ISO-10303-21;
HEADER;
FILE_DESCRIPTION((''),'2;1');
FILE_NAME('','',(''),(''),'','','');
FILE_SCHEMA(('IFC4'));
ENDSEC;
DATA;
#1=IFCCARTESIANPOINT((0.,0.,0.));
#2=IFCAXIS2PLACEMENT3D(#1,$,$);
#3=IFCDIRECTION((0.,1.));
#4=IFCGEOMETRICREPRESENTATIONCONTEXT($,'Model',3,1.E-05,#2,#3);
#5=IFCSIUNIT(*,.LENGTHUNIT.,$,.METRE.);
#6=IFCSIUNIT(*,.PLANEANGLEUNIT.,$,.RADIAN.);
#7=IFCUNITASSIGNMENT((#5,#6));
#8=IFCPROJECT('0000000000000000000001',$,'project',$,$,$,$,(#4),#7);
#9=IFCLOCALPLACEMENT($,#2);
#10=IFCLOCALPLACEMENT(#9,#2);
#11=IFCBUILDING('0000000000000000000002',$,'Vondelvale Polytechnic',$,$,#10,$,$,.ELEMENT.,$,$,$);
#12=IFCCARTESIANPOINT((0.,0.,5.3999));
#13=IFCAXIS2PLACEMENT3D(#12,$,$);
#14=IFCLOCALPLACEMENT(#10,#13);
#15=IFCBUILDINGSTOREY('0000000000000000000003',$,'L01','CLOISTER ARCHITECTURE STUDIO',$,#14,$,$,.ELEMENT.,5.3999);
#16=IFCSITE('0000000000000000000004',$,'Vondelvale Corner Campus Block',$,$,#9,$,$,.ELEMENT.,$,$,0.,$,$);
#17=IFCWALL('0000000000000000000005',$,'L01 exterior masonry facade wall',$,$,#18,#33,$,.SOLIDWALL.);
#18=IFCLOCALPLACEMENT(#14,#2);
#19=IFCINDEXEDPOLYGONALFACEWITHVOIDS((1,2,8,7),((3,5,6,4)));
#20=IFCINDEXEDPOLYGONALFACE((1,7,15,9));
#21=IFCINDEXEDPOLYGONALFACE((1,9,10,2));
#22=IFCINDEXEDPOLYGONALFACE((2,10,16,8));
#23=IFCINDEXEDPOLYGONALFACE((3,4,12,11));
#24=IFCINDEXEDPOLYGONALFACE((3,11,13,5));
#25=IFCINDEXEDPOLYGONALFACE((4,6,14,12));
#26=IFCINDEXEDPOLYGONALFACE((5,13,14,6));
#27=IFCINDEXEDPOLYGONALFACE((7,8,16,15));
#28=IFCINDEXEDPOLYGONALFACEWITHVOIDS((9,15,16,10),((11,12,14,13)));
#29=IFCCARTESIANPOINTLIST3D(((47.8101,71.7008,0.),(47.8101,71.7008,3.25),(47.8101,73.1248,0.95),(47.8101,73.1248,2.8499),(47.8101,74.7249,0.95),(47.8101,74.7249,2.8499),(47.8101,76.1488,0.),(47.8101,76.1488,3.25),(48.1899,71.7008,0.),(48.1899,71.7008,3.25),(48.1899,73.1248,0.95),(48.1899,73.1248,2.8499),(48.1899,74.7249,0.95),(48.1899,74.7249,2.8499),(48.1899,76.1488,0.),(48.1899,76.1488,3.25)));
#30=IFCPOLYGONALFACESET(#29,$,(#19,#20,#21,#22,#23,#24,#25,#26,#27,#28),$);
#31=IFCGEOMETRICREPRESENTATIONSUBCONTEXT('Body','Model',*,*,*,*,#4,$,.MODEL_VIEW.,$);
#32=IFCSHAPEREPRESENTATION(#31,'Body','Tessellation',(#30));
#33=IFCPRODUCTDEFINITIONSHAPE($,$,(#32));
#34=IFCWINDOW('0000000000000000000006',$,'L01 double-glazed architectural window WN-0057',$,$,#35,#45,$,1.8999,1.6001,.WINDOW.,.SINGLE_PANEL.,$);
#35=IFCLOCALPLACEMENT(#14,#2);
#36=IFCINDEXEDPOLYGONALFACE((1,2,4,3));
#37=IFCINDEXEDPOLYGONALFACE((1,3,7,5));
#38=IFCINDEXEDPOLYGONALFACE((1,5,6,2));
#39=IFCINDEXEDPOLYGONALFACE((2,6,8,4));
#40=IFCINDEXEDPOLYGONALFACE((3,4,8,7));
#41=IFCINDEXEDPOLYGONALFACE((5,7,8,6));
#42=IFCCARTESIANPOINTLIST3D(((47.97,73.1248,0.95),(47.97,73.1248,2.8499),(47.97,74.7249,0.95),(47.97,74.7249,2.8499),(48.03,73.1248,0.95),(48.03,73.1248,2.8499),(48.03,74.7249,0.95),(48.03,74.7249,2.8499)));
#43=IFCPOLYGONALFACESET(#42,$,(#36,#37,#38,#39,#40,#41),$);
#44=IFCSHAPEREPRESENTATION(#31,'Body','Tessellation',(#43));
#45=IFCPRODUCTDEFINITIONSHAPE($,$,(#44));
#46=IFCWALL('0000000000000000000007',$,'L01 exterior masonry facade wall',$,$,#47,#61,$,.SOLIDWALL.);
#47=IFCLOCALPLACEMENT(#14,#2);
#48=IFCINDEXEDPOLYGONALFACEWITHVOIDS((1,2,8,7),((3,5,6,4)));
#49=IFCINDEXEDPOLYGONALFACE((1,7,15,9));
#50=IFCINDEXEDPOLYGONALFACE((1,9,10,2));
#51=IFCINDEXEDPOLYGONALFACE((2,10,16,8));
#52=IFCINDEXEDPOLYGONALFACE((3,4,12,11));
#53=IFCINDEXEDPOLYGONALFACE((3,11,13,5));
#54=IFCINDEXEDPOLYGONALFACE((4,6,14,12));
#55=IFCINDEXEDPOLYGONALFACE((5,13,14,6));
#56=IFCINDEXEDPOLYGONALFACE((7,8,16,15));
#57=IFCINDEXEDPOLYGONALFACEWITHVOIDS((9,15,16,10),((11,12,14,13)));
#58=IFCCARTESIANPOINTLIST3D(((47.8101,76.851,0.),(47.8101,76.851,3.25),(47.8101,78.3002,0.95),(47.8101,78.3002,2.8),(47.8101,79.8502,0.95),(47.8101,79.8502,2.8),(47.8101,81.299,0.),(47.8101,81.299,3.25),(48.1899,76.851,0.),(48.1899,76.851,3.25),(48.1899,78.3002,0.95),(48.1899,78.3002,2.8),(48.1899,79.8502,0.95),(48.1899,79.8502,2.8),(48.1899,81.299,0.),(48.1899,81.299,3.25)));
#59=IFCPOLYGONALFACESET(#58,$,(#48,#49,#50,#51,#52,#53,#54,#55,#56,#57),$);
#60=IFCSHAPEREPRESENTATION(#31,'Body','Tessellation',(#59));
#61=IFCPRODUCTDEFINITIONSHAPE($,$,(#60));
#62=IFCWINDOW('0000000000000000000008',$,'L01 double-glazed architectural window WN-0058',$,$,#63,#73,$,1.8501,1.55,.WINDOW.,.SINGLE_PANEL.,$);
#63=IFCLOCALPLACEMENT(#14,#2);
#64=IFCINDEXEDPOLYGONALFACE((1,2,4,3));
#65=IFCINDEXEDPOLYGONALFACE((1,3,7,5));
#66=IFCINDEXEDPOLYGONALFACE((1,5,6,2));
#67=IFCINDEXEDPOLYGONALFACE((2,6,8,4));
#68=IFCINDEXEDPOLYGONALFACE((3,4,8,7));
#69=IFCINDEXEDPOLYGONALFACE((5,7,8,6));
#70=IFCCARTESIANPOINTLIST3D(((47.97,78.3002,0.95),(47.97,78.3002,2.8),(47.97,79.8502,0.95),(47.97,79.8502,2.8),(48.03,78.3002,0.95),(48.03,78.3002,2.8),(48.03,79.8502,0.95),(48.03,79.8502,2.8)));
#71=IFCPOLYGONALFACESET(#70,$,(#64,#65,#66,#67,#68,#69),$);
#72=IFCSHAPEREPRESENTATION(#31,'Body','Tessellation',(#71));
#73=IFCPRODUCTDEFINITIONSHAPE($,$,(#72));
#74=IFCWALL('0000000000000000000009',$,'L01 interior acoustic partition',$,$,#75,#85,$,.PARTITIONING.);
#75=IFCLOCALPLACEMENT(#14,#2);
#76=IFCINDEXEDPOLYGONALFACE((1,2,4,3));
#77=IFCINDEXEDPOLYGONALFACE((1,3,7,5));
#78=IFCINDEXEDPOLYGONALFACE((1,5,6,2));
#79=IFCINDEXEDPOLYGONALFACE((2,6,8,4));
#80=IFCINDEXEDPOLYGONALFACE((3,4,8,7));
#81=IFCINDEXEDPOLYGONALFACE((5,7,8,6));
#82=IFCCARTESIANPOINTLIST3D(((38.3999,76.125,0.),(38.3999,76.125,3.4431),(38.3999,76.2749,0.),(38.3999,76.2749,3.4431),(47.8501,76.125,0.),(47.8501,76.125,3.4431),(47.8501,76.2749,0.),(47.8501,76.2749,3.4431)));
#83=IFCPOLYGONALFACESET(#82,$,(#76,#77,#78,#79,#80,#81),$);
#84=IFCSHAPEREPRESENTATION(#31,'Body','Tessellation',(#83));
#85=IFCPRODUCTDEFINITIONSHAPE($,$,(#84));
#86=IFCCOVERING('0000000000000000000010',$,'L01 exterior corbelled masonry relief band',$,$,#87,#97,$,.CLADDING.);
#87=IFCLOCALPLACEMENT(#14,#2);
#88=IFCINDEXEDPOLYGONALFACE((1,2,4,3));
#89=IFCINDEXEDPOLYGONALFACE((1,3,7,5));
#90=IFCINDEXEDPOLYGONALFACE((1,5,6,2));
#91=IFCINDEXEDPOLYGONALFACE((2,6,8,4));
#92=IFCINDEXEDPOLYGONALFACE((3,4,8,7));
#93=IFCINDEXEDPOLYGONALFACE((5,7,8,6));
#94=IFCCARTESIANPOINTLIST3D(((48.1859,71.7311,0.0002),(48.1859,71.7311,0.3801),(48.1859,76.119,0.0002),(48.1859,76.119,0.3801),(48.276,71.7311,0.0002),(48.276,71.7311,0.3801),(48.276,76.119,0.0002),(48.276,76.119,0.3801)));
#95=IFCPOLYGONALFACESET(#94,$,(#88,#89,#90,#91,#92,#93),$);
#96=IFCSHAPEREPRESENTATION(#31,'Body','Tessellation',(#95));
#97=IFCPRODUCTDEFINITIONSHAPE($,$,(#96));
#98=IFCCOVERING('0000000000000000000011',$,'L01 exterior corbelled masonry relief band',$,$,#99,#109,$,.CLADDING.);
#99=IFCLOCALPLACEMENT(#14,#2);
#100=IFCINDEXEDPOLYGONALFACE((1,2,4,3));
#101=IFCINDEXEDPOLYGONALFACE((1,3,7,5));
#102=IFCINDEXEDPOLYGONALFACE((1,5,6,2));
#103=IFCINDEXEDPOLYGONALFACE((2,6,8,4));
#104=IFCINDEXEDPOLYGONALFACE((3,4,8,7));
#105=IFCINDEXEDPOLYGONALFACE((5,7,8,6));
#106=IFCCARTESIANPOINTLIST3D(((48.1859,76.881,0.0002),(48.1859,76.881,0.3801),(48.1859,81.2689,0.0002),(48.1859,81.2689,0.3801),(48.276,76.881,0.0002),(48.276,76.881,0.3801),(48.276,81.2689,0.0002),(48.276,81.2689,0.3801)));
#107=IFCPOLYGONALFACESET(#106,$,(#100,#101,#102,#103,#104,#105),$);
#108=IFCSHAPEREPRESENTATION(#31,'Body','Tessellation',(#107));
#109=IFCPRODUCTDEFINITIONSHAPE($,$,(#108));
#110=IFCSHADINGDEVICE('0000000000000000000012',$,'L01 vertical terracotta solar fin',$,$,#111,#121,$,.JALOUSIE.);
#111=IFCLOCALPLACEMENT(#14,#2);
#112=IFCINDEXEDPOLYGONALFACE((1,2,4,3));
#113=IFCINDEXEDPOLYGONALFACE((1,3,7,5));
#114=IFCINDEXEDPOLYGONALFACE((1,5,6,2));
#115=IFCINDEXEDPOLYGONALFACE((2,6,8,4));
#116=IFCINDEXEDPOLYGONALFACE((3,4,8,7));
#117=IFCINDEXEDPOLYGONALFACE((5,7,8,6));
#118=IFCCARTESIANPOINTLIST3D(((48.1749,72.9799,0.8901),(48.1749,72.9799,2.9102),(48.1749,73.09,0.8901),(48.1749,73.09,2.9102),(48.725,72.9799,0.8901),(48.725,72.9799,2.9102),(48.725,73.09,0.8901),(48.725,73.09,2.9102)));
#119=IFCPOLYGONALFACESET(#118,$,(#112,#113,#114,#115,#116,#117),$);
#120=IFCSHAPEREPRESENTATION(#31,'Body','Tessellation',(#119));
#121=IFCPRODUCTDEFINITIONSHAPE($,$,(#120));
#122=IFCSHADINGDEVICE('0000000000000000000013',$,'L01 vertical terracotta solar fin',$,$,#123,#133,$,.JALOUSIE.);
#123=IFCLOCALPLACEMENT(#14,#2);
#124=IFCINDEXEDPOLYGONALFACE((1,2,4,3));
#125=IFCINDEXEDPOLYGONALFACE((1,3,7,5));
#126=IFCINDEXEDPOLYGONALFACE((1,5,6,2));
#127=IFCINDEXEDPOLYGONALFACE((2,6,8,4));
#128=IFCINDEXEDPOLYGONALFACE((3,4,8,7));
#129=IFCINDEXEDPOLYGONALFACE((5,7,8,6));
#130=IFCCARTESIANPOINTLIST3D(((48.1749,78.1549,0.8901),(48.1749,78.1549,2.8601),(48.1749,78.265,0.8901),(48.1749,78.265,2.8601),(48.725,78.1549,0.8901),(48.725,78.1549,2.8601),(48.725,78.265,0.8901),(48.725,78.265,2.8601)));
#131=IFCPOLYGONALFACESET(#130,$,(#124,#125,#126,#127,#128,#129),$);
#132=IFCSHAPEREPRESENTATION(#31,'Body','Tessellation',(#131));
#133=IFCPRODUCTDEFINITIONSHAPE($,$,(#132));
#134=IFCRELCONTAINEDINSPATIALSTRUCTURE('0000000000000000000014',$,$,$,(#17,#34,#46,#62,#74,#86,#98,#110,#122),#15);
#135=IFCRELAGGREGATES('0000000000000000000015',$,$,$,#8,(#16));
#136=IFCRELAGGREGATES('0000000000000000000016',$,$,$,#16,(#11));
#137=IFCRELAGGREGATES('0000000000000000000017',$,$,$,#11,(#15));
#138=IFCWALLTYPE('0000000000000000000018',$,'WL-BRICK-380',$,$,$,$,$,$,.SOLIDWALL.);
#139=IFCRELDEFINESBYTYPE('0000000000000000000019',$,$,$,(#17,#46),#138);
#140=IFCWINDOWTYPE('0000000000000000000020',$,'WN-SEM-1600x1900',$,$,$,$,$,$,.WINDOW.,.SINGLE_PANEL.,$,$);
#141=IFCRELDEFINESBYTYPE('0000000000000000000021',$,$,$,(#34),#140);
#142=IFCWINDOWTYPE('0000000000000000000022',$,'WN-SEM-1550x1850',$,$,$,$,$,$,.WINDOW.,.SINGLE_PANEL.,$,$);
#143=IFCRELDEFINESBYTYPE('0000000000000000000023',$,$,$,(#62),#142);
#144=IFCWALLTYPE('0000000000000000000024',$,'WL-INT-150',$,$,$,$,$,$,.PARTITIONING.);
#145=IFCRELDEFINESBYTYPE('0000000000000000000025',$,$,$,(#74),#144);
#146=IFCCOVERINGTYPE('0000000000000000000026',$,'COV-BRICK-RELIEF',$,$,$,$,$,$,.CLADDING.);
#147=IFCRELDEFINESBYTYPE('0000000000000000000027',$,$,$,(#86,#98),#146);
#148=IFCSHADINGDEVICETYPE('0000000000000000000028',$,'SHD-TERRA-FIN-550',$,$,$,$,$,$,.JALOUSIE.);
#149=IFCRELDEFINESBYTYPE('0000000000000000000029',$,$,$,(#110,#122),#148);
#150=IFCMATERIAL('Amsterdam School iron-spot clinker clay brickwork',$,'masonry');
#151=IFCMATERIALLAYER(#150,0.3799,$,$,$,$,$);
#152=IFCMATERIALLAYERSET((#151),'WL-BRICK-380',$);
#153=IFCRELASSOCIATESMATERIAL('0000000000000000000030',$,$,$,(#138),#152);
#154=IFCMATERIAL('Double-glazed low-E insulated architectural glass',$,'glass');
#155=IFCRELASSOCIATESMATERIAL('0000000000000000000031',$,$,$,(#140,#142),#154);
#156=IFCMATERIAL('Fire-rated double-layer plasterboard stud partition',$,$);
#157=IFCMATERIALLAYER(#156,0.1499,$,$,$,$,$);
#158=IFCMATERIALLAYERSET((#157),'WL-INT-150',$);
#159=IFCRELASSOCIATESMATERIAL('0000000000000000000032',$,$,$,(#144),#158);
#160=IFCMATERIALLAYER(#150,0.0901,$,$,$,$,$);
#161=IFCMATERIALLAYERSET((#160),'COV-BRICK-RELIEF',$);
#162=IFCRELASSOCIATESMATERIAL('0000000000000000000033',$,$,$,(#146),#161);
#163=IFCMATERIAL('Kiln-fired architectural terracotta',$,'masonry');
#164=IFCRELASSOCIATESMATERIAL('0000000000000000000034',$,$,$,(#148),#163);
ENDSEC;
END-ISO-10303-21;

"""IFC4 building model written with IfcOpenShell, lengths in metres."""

from ifc_helpers import new_model, si_unit, direction, frame, frame_2d, origin, origin_2d, place, context, subcontext, project, spatial, rectangle, extrude, material, layer, layer_set, type_object, element, fill, save


model = new_model("IFC4")

# Units and contexts
model_context = context("Model", 3, precision=1e-05, world=origin(), true_north=direction((0.0, 1.0)))
body_context = subcontext(model_context, "Body", "Model", "MODEL_VIEW")
ifc_project = project(units=[si_unit("LENGTHUNIT", "METRE"), si_unit("PLANEANGLEUNIT", "RADIAN")], contexts=[model_context])

# Site, building, storey
site_placement = place(None, origin())
site = spatial("IfcSite", under=ifc_project, at=site_placement, Name="Vondelvale Corner Campus Block", CompositionType="ELEMENT", RefElevation=0.0)
building_placement = place(site_placement, origin())
building = spatial("IfcBuilding", under=site, at=building_placement, Name="Vondelvale Polytechnic", CompositionType="ELEMENT")
storey_placement = place(building_placement, frame((0.0, 0.0, 5.3999)))
storey = spatial("IfcBuildingStorey", under=building, at=storey_placement, Name="L01", Description="CLOISTER ARCHITECTURE STUDIO", CompositionType="ELEMENT", Elevation=5.3999)

# Shared definitions
ifc_material_1 = material(Name="Double-glazed low-E insulated architectural glass", Category="glass")
ifc_material_2 = material(Name="Kiln-fired architectural terracotta", Category="masonry")

# Walls, openings, windows
ifc_material_3 = material(Name="Amsterdam School iron-spot clinker clay brickwork", Category="masonry")
ifc_layer_1 = layer(ifc_material_3, 0.3799)
ifc_layer_set_1 = layer_set([ifc_layer_1], Name="WL-BRICK-380")
wall_type_1 = type_object("IfcWallType", Name="WL-BRICK-380", PredefinedType="SOLIDWALL", material=ifc_layer_set_1)
wall_1_placement = place(storey_placement, frame((48.0, 76.1489, 0.0), z_axis=(0.0, 0.0, 1.0), x_axis=(0.0, -1.0, 0.0)))
wall_1 = element("IfcWall", 1, at=wall_1_placement, inside=storey, type_object=wall_type_1, Name="L01 exterior masonry facade wall", PredefinedType="SOLIDWALL", context=body_context, shape_type="SweptSolid", body=[
    extrude(rectangle(XDim=4.448, YDim=0.3799, at=frame_2d((2.2241, 0.0))), origin(), (0.0, 0.0, 1.0), 3.25),
])
opening_1_placement = place(wall_1_placement, frame((1.4241, 0.0, 0.95)))
opening_1 = element("IfcOpeningElement", 2, at=opening_1_placement, cuts=wall_1, PredefinedType="OPENING", context=body_context, shape_type="SweptSolid", body=[
    extrude(rectangle(XDim=1.6001, YDim=1.8999, at=frame_2d((0.8, 0.95))), frame((0.0, 0.2, 0.0), z_axis=(0.0, -1.0, 0.0), x_axis=(1.0, 0.0, 0.0)), (0.0, 0.0, 1.0), 0.3999),
])
window_type_1 = type_object("IfcWindowType", Name="WN-SEM-1600x1900", PartitioningType="SINGLE_PANEL", PredefinedType="WINDOW", material=ifc_material_1)
window_1_placement = place(opening_1_placement, origin())
window_1 = element("IfcWindow", 3, at=window_1_placement, inside=storey, type_object=window_type_1, Name="L01 double-glazed architectural window WN-0057", OverallHeight=1.8999, OverallWidth=1.6001, PartitioningType="SINGLE_PANEL", PredefinedType="WINDOW", context=body_context, shape_type="SweptSolid", body=[
    extrude(rectangle(XDim=1.6001, YDim=1.8999, at=frame_2d((0.8, 0.95))), frame((0.0, 0.03, 0.0), z_axis=(0.0, -1.0, 0.0), x_axis=(1.0, 0.0, 0.0)), (0.0, 0.0, 1.0), 0.0601),
])
fill(opening_1, window_1)
wall_2_placement = place(storey_placement, frame((48.0, 81.2991, 0.0), z_axis=(0.0, 0.0, 1.0), x_axis=(0.0, -1.0, 0.0)))
wall_2 = element("IfcWall", 4, at=wall_2_placement, inside=storey, type_object=wall_type_1, Name="L01 exterior masonry facade wall", PredefinedType="SOLIDWALL", context=body_context, shape_type="SweptSolid", body=[
    extrude(rectangle(XDim=4.448, YDim=0.3799, at=frame_2d((2.2241, 0.0))), origin(), (0.0, 0.0, 1.0), 3.25),
])
opening_2_placement = place(wall_2_placement, frame((1.449, 0.0, 0.95)))
opening_2 = element("IfcOpeningElement", 5, at=opening_2_placement, cuts=wall_2, PredefinedType="OPENING", context=body_context, shape_type="SweptSolid", body=[
    extrude(rectangle(XDim=1.55, YDim=1.8501, at=frame_2d((0.7749, 0.925))), frame((0.0, 0.2, 0.0), z_axis=(0.0, -1.0, 0.0), x_axis=(1.0, 0.0, 0.0)), (0.0, 0.0, 1.0), 0.3999),
])
window_type_2 = type_object("IfcWindowType", Name="WN-SEM-1550x1850", PartitioningType="SINGLE_PANEL", PredefinedType="WINDOW", material=ifc_material_1)
window_2_placement = place(opening_2_placement, origin())
window_2 = element("IfcWindow", 6, at=window_2_placement, inside=storey, type_object=window_type_2, Name="L01 double-glazed architectural window WN-0058", OverallHeight=1.8501, OverallWidth=1.55, PartitioningType="SINGLE_PANEL", PredefinedType="WINDOW", context=body_context, shape_type="SweptSolid", body=[
    extrude(rectangle(XDim=1.55, YDim=1.8501, at=frame_2d((0.7749, 0.925))), frame((0.0, 0.03, 0.0), z_axis=(0.0, -1.0, 0.0), x_axis=(1.0, 0.0, 0.0)), (0.0, 0.0, 1.0), 0.0601),
])
fill(opening_2, window_2)

# Wall
ifc_material_4 = material(Name="Fire-rated double-layer plasterboard stud partition")
ifc_layer_2 = layer(ifc_material_4, 0.1499)
ifc_layer_set_2 = layer_set([ifc_layer_2], Name="WL-INT-150")
wall_type_2 = type_object("IfcWallType", Name="WL-INT-150", PredefinedType="PARTITIONING", material=ifc_layer_set_2)
wall_3_placement = place(storey_placement, frame((38.3999, 76.2, 0.0), z_axis=(0.0, 0.0, 1.0), x_axis=(1.0, 0.0, 0.0)))
element("IfcWall", 7, at=wall_3_placement, inside=storey, type_object=wall_type_2, Name="L01 interior acoustic partition", PredefinedType="PARTITIONING", context=body_context, shape_type="SweptSolid", body=[
    extrude(rectangle(XDim=9.4502, YDim=0.1499, at=frame_2d((4.7251, 0.0))), origin(), (0.0, 0.0, 1.0), 3.4431),
])

# Coverings
ifc_layer_3 = layer(ifc_material_3, 0.0901)
ifc_layer_set_3 = layer_set([ifc_layer_3], Name="COV-BRICK-RELIEF")
covering_type = type_object("IfcCoveringType", Name="COV-BRICK-RELIEF", PredefinedType="CLADDING", material=ifc_layer_set_3)
for number, where, z_axis, x_axis, name in (
    (8, (48.231, 73.925, 0.0002), (0.0, 0.0, 1.0), (0.0, -1.0, 0.0), "L01 exterior corbelled masonry relief band"),
    (9, (48.231, 79.075, 0.0002), (0.0, 0.0, 1.0), (0.0, -1.0, 0.0), "L01 exterior corbelled masonry relief band"),
):
    element("IfcCovering", number, at=place(storey_placement, frame(where, z_axis=z_axis, x_axis=x_axis)), inside=storey, type_object=covering_type, Name=name, PredefinedType="CLADDING", context=body_context, shape_type="SweptSolid", body=[
        extrude(rectangle(XDim=4.3879, YDim=0.0901, at=origin_2d()), origin(), (0.0, 0.0, 1.0), 0.3799),
    ])

# Shading devices
shading_device_type = type_object("IfcShadingDeviceType", Name="SHD-TERRA-FIN-550", PredefinedType="JALOUSIE", material=ifc_material_2)
shading_device_1_placement = place(storey_placement, frame((48.45, 73.0349, 0.8901), z_axis=(0.0, 0.0, 1.0), x_axis=(0.0, -1.0, 0.0)))
element("IfcShadingDevice", 10, at=shading_device_1_placement, inside=storey, type_object=shading_device_type, Name="L01 vertical terracotta solar fin", PredefinedType="JALOUSIE", context=body_context, shape_type="SweptSolid", body=[
    extrude(rectangle(XDim=0.1101, YDim=0.55, at=origin_2d()), origin(), (0.0, 0.0, 1.0), 2.02),
])
shading_device_2_placement = place(storey_placement, frame((48.45, 78.21, 0.8901), z_axis=(0.0, 0.0, 1.0), x_axis=(0.0, -1.0, 0.0)))
element("IfcShadingDevice", 11, at=shading_device_2_placement, inside=storey, type_object=shading_device_type, Name="L01 vertical terracotta solar fin", PredefinedType="JALOUSIE", context=body_context, shape_type="SweptSolid", body=[
    extrude(rectangle(XDim=0.1101, YDim=0.55, at=origin_2d()), origin(), (0.0, 0.0, 1.0), 1.97),
])

save(model, "model.ifc")
